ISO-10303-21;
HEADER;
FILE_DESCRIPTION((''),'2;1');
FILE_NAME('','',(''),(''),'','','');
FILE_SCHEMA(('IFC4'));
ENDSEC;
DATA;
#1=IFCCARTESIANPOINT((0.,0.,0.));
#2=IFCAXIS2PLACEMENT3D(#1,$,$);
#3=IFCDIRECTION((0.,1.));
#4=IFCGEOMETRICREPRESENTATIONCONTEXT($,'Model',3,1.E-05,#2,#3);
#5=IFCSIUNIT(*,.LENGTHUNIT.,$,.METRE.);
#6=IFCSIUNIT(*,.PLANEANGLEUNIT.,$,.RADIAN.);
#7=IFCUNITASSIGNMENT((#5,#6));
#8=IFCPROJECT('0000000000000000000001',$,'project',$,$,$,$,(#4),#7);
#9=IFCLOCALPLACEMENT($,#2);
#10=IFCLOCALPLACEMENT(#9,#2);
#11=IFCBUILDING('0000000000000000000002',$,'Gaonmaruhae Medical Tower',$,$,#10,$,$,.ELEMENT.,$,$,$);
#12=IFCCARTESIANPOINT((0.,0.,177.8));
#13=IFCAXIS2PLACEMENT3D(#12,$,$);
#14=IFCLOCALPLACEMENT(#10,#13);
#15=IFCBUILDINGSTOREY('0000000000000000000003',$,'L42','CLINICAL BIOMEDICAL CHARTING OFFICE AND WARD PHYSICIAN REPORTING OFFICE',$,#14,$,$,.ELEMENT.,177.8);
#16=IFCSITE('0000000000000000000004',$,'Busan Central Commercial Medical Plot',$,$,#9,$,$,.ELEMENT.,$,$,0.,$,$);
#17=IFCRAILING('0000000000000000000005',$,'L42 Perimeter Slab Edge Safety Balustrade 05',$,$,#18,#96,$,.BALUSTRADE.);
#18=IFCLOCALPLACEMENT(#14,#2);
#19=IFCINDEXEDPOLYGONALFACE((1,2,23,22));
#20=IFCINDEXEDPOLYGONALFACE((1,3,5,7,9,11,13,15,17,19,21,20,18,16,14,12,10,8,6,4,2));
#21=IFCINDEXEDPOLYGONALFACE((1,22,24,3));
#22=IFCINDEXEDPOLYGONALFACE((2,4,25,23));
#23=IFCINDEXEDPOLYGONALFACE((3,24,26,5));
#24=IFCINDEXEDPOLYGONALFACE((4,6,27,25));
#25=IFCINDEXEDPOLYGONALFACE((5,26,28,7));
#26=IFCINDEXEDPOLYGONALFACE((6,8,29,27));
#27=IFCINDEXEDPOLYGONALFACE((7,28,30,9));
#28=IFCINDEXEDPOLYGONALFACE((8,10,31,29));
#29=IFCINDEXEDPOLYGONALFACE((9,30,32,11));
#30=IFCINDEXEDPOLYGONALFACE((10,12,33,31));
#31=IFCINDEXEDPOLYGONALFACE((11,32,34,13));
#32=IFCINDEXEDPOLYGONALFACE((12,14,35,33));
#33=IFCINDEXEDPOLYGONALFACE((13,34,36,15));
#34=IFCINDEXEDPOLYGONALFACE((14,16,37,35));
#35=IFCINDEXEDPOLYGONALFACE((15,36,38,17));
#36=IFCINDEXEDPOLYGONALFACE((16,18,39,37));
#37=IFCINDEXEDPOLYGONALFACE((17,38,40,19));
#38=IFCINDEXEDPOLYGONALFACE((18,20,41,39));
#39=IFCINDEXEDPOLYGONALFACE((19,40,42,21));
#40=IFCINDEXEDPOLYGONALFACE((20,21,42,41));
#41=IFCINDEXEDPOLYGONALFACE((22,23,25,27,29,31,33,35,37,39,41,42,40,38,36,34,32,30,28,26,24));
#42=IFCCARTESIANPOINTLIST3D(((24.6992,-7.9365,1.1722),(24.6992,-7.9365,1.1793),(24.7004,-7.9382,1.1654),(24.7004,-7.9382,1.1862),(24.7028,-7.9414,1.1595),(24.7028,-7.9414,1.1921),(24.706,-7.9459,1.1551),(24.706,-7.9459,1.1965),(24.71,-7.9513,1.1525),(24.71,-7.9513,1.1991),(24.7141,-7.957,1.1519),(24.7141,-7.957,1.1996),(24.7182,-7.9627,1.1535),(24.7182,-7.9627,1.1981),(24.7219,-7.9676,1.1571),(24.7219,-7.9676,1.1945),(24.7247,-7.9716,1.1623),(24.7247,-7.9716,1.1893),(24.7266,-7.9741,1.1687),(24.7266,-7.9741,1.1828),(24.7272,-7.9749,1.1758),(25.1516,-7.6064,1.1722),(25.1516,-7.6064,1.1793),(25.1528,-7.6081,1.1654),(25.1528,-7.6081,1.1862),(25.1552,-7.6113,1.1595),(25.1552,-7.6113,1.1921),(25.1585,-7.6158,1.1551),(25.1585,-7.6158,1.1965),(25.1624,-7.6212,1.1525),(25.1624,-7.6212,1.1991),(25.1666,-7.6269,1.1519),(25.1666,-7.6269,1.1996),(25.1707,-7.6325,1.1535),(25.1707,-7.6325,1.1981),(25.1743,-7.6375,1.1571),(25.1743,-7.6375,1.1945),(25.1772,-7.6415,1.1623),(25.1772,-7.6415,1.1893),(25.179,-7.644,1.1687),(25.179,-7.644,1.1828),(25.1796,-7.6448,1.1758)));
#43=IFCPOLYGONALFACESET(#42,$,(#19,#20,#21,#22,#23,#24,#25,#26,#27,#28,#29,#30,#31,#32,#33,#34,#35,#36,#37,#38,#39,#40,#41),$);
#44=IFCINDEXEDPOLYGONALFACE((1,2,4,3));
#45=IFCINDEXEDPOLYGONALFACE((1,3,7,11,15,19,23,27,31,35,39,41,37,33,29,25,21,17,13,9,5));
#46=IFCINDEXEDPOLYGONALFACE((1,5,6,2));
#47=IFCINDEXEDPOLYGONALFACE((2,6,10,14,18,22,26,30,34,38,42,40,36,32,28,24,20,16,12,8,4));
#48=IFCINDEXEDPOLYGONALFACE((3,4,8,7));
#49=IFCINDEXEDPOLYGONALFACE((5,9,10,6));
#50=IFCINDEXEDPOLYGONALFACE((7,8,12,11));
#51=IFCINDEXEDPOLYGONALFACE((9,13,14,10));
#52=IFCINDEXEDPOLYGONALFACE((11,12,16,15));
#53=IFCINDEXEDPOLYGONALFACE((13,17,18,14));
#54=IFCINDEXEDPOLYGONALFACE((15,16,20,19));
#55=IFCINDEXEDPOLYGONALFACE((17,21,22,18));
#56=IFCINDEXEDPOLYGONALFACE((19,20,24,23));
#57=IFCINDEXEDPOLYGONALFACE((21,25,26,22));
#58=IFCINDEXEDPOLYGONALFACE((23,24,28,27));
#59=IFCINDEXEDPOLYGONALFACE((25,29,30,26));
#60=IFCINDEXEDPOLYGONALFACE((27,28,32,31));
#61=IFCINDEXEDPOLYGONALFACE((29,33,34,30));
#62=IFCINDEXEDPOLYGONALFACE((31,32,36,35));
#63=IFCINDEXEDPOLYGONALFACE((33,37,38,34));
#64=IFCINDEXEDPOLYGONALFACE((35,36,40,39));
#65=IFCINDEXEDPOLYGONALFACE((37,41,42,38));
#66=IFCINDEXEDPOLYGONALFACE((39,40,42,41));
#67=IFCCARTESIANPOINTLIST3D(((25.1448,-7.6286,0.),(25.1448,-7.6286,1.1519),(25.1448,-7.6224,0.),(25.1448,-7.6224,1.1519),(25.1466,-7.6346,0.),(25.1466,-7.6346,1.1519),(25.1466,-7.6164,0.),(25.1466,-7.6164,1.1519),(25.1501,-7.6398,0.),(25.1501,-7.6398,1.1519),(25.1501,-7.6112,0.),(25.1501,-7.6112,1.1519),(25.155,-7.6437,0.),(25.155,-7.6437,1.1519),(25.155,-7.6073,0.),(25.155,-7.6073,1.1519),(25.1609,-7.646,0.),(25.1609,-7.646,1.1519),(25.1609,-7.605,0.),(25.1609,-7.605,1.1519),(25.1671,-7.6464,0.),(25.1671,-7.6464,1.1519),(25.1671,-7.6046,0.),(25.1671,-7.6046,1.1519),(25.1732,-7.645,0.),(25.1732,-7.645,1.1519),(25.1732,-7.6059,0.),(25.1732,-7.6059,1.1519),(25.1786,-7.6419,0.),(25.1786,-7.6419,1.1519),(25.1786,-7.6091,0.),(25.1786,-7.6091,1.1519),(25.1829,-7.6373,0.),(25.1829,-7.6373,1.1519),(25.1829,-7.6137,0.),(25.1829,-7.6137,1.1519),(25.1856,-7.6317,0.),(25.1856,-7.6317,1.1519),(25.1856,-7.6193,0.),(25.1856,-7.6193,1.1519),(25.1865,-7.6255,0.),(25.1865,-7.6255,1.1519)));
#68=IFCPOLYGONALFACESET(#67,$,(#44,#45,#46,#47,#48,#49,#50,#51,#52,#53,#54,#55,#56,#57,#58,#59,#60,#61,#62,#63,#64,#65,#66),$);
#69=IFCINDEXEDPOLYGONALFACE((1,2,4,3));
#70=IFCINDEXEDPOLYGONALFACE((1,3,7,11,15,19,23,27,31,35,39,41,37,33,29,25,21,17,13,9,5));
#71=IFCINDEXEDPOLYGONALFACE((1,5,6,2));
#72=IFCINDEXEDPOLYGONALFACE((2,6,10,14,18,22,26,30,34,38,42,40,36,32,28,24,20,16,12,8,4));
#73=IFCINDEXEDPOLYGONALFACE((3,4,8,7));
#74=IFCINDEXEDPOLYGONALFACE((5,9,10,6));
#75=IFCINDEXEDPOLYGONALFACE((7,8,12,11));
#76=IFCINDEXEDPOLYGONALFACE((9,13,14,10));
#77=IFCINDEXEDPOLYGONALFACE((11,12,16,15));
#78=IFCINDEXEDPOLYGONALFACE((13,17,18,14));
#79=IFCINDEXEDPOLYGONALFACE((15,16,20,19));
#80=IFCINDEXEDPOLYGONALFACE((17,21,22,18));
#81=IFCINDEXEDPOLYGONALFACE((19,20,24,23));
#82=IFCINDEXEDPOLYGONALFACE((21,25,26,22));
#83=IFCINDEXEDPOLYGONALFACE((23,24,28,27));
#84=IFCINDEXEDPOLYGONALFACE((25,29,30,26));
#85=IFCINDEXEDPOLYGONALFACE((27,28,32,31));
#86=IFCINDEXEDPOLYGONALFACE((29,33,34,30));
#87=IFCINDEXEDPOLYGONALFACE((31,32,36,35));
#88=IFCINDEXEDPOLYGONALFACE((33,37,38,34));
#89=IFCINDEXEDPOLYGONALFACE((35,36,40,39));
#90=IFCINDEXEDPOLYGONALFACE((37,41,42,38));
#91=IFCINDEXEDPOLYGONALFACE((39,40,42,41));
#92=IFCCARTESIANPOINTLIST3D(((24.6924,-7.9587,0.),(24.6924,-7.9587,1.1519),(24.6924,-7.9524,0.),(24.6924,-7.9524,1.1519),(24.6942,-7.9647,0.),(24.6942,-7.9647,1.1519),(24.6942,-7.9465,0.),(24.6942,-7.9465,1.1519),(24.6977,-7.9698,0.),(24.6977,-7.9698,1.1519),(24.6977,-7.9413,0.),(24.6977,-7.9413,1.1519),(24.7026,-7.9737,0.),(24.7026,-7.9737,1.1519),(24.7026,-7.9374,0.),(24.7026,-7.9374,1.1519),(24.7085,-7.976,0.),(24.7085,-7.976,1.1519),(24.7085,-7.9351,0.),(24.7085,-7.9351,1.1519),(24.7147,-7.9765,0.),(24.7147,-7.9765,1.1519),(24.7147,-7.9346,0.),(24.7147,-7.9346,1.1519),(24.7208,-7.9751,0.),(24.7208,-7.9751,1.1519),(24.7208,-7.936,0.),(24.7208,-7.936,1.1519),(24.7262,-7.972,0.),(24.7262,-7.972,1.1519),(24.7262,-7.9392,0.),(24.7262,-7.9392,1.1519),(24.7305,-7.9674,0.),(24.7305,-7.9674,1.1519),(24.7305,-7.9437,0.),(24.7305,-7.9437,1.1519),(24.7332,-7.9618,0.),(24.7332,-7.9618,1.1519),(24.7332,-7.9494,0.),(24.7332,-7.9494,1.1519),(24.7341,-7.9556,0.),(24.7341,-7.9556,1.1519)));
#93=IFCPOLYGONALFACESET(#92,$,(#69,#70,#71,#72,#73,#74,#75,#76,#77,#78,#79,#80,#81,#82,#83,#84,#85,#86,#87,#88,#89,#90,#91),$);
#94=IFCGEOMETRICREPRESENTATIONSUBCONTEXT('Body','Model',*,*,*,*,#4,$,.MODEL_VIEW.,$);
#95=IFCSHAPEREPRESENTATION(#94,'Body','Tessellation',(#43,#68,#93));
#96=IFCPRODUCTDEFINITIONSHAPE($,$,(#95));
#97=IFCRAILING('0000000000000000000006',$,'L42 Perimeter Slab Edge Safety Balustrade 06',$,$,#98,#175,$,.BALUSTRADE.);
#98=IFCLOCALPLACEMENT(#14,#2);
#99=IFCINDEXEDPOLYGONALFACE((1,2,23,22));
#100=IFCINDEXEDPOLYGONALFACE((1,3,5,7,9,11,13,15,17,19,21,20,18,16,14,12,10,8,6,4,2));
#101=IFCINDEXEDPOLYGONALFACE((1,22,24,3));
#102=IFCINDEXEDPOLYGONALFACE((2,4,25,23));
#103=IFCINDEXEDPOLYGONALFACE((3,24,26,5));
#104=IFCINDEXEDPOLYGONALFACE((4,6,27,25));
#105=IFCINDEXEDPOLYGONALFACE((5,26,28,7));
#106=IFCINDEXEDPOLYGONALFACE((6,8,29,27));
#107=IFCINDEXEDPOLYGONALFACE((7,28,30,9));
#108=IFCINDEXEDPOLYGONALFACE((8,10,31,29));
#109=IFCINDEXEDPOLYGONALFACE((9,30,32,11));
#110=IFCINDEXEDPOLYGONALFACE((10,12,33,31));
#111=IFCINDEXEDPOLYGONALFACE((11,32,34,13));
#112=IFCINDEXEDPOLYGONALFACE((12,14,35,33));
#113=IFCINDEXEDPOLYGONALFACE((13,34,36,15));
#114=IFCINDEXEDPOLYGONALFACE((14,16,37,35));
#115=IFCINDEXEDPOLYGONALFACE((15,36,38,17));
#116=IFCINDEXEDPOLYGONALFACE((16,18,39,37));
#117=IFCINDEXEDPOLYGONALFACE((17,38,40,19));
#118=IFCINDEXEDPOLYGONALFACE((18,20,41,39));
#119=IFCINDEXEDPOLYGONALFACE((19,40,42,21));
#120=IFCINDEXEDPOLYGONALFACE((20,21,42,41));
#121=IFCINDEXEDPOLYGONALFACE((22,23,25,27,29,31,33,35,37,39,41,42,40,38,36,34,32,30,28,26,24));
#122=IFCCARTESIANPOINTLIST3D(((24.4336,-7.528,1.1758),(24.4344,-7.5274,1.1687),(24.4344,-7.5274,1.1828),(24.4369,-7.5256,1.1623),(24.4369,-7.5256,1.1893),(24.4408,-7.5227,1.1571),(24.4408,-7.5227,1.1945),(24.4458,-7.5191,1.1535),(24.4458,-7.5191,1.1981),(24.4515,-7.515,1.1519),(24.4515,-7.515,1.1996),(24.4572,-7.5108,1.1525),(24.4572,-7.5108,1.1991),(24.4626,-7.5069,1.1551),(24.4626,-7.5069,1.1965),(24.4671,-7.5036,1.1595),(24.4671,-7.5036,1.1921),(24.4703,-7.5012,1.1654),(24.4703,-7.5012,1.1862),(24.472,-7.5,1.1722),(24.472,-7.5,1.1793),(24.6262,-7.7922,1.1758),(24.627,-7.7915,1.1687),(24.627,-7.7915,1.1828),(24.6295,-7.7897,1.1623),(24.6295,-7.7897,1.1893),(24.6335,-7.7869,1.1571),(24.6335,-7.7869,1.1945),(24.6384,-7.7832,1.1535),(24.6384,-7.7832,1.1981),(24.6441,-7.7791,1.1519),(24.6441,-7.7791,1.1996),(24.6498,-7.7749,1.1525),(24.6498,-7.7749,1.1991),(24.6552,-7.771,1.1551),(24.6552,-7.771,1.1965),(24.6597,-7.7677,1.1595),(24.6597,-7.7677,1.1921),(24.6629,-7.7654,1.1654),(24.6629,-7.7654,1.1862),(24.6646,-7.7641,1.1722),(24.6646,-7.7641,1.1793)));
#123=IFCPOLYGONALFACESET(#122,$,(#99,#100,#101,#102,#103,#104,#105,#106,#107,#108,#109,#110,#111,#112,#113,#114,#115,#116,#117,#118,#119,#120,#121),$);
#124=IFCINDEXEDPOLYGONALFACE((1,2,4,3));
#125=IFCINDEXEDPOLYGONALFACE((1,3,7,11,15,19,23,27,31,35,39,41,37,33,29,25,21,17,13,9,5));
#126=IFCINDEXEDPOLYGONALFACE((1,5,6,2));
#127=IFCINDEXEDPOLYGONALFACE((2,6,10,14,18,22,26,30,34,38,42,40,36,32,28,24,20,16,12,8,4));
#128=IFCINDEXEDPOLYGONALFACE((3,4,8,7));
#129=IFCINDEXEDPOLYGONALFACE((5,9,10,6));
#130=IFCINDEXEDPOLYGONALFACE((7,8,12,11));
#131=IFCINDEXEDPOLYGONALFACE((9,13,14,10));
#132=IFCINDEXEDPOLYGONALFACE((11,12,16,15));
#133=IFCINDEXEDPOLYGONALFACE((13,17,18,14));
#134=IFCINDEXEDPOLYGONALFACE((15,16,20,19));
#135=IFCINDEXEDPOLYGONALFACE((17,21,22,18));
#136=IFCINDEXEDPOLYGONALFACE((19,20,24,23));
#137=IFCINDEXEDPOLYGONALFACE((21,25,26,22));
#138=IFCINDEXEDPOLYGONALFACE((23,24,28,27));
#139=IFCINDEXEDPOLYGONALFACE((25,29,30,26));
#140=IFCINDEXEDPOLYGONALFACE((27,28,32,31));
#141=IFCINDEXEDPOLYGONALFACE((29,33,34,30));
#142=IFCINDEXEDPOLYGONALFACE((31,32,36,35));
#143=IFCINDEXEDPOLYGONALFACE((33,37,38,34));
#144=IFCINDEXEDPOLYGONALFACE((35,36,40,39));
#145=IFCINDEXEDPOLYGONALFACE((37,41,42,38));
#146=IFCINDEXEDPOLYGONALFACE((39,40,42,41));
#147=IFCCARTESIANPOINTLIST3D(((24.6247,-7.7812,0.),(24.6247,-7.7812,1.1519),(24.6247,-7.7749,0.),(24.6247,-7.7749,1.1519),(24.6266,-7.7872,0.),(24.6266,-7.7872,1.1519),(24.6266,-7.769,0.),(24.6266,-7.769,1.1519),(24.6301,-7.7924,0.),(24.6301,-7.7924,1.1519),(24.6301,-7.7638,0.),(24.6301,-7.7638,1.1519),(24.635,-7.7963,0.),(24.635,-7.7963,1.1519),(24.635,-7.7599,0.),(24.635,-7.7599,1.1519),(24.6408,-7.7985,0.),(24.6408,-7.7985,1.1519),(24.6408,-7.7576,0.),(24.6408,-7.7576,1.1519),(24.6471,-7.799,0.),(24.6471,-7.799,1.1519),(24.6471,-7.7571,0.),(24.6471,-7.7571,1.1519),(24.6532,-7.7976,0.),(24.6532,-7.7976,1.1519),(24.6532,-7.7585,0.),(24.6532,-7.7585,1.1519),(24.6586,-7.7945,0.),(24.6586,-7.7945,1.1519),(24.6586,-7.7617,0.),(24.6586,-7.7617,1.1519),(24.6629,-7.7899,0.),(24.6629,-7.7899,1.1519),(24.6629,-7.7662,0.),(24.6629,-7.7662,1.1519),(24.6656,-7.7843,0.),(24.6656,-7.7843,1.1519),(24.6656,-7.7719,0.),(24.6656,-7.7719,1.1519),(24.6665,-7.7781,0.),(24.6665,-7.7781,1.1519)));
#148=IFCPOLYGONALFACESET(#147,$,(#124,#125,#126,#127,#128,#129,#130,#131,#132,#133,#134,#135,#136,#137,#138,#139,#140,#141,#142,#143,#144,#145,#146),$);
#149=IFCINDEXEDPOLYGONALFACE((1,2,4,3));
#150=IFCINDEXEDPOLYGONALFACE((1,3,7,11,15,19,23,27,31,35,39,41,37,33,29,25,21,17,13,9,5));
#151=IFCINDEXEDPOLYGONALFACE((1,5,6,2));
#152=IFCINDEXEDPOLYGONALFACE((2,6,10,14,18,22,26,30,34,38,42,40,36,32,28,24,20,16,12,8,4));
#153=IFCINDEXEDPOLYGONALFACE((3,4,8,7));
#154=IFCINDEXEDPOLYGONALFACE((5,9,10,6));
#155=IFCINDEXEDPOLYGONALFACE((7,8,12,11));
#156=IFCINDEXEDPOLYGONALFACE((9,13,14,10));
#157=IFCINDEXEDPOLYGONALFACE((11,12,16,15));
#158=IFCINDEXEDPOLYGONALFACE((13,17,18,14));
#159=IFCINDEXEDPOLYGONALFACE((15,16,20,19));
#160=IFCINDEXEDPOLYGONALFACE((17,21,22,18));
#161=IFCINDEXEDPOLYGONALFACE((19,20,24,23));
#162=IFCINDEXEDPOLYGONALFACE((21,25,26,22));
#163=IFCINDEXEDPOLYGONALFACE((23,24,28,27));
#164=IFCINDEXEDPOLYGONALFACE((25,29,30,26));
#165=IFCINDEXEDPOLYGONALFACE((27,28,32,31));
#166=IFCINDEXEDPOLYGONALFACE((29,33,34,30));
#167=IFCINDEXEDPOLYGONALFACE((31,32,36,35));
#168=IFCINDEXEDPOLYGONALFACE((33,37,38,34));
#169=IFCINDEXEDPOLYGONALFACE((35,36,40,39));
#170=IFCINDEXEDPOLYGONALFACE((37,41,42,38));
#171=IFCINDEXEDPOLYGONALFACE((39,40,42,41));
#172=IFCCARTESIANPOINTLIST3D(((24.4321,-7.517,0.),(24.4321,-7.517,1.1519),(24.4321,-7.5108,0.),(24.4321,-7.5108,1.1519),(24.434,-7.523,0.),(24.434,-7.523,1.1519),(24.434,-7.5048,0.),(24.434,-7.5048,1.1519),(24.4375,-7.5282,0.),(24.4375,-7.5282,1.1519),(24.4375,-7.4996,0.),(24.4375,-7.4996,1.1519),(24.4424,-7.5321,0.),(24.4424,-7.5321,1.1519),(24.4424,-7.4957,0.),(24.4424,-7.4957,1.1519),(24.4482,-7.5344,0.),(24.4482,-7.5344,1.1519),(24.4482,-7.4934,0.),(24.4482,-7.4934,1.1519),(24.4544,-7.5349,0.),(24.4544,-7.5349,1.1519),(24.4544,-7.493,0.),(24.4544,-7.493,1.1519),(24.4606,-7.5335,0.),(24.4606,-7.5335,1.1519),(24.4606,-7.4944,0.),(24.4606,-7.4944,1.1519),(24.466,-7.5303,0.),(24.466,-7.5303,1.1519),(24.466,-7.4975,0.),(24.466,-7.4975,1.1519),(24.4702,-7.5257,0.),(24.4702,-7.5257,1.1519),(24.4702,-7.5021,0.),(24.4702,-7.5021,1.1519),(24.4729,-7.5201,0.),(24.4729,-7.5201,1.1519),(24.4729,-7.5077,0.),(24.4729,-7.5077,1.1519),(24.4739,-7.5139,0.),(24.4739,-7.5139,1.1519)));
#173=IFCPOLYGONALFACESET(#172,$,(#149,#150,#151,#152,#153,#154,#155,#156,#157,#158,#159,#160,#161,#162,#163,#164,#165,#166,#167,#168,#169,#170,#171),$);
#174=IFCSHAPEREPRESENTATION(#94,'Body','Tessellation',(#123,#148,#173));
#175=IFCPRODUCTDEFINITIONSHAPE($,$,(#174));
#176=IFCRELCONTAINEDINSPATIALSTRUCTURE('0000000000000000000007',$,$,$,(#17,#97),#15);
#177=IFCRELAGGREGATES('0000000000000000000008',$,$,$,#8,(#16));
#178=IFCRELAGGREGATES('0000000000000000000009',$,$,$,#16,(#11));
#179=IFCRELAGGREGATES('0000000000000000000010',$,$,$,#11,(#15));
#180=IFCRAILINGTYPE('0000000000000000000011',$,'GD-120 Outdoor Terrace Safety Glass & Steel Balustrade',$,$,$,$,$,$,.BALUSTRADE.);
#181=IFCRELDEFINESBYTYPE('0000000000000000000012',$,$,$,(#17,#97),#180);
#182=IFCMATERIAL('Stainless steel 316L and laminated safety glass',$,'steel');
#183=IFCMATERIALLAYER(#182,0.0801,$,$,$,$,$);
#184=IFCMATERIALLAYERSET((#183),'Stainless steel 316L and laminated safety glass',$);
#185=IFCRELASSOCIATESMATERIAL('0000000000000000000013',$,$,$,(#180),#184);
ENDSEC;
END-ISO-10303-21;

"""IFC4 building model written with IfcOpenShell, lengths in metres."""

from ifc_helpers import new_model, si_unit, direction, frame, origin, origin_2d, place, context, subcontext, project, spatial, circle, extrude, material, layer, layer_set, type_object, element, save


model = new_model("IFC4")

# Units and contexts
model_context = context("Model", 3, precision=1e-05, world=origin(), true_north=direction((0.0, 1.0)))
body_context = subcontext(model_context, "Body", "Model", "MODEL_VIEW")
ifc_project = project(units=[si_unit("LENGTHUNIT", "METRE"), si_unit("PLANEANGLEUNIT", "RADIAN")], contexts=[model_context])

# Site, building, storey
site_placement = place(None, origin())
site = spatial("IfcSite", under=ifc_project, at=site_placement, Name="Busan Central Commercial Medical Plot", CompositionType="ELEMENT", RefElevation=0.0)
building_placement = place(site_placement, origin())
building = spatial("IfcBuilding", under=site, at=building_placement, Name="Gaonmaruhae Medical Tower", CompositionType="ELEMENT")
storey_placement = place(building_placement, frame((0.0, 0.0, 177.8)))
storey = spatial("IfcBuildingStorey", under=building, at=storey_placement, Name="L42", Description="CLINICAL BIOMEDICAL CHARTING OFFICE AND WARD PHYSICIAN REPORTING OFFICE", CompositionType="ELEMENT", Elevation=177.8)

# Railings
ifc_material_1 = material(Name="Stainless steel 316L and laminated safety glass", Category="steel")
ifc_layer_1 = layer(ifc_material_1, 0.0801)
ifc_layer_set_1 = layer_set([ifc_layer_1], Name="Stainless steel 316L and laminated safety glass")
railing_type = type_object("IfcRailingType", Name="GD-120 Outdoor Terrace Safety Glass & Steel Balustrade", PredefinedType="BALUSTRADE", material=ifc_layer_set_1)
railing_1_placement = place(storey_placement, frame((25.1655, -7.6255, 0.0)))
element("IfcRailing", 1, at=railing_1_placement, inside=storey, type_object=railing_type, Name="L42 Perimeter Slab Edge Safety Balustrade 05", PredefinedType="BALUSTRADE", context=body_context, shape_type="SweptSolid", body=[
    extrude(circle(Radius=0.0239, at=origin_2d()), frame((0.0, 0.0, 1.1758), z_axis=(-0.80783, -0.589415, 0.0), x_axis=(0.589415, -0.80783, 0.0)), (0.0, 0.0, 1.0), 0.5601),
    extrude(circle(Radius=0.021, at=origin_2d()), origin(), (0.0, 0.0, 1.0), 1.1519),
    extrude(circle(Radius=0.021, at=origin_2d()), frame((-0.4524, -0.3301, 0.0)), (0.0, 0.0, 1.0), 1.1519),
])
railing_2_placement = place(storey_placement, frame((24.6455, -7.7781, 0.0)))
element("IfcRailing", 2, at=railing_2_placement, inside=storey, type_object=railing_type, Name="L42 Perimeter Slab Edge Safety Balustrade 06", PredefinedType="BALUSTRADE", context=body_context, shape_type="SweptSolid", body=[
    extrude(circle(Radius=0.0239, at=origin_2d()), frame((0.0, 0.0, 1.1758), z_axis=(-0.589192, 0.807993, 0.0), x_axis=(-0.807993, -0.589192, 0.0)), (0.0, 0.0, 1.0), 0.3269),
    extrude(circle(Radius=0.021, at=origin_2d()), origin(), (0.0, 0.0, 1.0), 1.1519),
    extrude(circle(Radius=0.021, at=origin_2d()), frame((-0.1926, 0.2642, 0.0)), (0.0, 0.0, 1.0), 1.1519),
])

save(model, "model.ifc")
